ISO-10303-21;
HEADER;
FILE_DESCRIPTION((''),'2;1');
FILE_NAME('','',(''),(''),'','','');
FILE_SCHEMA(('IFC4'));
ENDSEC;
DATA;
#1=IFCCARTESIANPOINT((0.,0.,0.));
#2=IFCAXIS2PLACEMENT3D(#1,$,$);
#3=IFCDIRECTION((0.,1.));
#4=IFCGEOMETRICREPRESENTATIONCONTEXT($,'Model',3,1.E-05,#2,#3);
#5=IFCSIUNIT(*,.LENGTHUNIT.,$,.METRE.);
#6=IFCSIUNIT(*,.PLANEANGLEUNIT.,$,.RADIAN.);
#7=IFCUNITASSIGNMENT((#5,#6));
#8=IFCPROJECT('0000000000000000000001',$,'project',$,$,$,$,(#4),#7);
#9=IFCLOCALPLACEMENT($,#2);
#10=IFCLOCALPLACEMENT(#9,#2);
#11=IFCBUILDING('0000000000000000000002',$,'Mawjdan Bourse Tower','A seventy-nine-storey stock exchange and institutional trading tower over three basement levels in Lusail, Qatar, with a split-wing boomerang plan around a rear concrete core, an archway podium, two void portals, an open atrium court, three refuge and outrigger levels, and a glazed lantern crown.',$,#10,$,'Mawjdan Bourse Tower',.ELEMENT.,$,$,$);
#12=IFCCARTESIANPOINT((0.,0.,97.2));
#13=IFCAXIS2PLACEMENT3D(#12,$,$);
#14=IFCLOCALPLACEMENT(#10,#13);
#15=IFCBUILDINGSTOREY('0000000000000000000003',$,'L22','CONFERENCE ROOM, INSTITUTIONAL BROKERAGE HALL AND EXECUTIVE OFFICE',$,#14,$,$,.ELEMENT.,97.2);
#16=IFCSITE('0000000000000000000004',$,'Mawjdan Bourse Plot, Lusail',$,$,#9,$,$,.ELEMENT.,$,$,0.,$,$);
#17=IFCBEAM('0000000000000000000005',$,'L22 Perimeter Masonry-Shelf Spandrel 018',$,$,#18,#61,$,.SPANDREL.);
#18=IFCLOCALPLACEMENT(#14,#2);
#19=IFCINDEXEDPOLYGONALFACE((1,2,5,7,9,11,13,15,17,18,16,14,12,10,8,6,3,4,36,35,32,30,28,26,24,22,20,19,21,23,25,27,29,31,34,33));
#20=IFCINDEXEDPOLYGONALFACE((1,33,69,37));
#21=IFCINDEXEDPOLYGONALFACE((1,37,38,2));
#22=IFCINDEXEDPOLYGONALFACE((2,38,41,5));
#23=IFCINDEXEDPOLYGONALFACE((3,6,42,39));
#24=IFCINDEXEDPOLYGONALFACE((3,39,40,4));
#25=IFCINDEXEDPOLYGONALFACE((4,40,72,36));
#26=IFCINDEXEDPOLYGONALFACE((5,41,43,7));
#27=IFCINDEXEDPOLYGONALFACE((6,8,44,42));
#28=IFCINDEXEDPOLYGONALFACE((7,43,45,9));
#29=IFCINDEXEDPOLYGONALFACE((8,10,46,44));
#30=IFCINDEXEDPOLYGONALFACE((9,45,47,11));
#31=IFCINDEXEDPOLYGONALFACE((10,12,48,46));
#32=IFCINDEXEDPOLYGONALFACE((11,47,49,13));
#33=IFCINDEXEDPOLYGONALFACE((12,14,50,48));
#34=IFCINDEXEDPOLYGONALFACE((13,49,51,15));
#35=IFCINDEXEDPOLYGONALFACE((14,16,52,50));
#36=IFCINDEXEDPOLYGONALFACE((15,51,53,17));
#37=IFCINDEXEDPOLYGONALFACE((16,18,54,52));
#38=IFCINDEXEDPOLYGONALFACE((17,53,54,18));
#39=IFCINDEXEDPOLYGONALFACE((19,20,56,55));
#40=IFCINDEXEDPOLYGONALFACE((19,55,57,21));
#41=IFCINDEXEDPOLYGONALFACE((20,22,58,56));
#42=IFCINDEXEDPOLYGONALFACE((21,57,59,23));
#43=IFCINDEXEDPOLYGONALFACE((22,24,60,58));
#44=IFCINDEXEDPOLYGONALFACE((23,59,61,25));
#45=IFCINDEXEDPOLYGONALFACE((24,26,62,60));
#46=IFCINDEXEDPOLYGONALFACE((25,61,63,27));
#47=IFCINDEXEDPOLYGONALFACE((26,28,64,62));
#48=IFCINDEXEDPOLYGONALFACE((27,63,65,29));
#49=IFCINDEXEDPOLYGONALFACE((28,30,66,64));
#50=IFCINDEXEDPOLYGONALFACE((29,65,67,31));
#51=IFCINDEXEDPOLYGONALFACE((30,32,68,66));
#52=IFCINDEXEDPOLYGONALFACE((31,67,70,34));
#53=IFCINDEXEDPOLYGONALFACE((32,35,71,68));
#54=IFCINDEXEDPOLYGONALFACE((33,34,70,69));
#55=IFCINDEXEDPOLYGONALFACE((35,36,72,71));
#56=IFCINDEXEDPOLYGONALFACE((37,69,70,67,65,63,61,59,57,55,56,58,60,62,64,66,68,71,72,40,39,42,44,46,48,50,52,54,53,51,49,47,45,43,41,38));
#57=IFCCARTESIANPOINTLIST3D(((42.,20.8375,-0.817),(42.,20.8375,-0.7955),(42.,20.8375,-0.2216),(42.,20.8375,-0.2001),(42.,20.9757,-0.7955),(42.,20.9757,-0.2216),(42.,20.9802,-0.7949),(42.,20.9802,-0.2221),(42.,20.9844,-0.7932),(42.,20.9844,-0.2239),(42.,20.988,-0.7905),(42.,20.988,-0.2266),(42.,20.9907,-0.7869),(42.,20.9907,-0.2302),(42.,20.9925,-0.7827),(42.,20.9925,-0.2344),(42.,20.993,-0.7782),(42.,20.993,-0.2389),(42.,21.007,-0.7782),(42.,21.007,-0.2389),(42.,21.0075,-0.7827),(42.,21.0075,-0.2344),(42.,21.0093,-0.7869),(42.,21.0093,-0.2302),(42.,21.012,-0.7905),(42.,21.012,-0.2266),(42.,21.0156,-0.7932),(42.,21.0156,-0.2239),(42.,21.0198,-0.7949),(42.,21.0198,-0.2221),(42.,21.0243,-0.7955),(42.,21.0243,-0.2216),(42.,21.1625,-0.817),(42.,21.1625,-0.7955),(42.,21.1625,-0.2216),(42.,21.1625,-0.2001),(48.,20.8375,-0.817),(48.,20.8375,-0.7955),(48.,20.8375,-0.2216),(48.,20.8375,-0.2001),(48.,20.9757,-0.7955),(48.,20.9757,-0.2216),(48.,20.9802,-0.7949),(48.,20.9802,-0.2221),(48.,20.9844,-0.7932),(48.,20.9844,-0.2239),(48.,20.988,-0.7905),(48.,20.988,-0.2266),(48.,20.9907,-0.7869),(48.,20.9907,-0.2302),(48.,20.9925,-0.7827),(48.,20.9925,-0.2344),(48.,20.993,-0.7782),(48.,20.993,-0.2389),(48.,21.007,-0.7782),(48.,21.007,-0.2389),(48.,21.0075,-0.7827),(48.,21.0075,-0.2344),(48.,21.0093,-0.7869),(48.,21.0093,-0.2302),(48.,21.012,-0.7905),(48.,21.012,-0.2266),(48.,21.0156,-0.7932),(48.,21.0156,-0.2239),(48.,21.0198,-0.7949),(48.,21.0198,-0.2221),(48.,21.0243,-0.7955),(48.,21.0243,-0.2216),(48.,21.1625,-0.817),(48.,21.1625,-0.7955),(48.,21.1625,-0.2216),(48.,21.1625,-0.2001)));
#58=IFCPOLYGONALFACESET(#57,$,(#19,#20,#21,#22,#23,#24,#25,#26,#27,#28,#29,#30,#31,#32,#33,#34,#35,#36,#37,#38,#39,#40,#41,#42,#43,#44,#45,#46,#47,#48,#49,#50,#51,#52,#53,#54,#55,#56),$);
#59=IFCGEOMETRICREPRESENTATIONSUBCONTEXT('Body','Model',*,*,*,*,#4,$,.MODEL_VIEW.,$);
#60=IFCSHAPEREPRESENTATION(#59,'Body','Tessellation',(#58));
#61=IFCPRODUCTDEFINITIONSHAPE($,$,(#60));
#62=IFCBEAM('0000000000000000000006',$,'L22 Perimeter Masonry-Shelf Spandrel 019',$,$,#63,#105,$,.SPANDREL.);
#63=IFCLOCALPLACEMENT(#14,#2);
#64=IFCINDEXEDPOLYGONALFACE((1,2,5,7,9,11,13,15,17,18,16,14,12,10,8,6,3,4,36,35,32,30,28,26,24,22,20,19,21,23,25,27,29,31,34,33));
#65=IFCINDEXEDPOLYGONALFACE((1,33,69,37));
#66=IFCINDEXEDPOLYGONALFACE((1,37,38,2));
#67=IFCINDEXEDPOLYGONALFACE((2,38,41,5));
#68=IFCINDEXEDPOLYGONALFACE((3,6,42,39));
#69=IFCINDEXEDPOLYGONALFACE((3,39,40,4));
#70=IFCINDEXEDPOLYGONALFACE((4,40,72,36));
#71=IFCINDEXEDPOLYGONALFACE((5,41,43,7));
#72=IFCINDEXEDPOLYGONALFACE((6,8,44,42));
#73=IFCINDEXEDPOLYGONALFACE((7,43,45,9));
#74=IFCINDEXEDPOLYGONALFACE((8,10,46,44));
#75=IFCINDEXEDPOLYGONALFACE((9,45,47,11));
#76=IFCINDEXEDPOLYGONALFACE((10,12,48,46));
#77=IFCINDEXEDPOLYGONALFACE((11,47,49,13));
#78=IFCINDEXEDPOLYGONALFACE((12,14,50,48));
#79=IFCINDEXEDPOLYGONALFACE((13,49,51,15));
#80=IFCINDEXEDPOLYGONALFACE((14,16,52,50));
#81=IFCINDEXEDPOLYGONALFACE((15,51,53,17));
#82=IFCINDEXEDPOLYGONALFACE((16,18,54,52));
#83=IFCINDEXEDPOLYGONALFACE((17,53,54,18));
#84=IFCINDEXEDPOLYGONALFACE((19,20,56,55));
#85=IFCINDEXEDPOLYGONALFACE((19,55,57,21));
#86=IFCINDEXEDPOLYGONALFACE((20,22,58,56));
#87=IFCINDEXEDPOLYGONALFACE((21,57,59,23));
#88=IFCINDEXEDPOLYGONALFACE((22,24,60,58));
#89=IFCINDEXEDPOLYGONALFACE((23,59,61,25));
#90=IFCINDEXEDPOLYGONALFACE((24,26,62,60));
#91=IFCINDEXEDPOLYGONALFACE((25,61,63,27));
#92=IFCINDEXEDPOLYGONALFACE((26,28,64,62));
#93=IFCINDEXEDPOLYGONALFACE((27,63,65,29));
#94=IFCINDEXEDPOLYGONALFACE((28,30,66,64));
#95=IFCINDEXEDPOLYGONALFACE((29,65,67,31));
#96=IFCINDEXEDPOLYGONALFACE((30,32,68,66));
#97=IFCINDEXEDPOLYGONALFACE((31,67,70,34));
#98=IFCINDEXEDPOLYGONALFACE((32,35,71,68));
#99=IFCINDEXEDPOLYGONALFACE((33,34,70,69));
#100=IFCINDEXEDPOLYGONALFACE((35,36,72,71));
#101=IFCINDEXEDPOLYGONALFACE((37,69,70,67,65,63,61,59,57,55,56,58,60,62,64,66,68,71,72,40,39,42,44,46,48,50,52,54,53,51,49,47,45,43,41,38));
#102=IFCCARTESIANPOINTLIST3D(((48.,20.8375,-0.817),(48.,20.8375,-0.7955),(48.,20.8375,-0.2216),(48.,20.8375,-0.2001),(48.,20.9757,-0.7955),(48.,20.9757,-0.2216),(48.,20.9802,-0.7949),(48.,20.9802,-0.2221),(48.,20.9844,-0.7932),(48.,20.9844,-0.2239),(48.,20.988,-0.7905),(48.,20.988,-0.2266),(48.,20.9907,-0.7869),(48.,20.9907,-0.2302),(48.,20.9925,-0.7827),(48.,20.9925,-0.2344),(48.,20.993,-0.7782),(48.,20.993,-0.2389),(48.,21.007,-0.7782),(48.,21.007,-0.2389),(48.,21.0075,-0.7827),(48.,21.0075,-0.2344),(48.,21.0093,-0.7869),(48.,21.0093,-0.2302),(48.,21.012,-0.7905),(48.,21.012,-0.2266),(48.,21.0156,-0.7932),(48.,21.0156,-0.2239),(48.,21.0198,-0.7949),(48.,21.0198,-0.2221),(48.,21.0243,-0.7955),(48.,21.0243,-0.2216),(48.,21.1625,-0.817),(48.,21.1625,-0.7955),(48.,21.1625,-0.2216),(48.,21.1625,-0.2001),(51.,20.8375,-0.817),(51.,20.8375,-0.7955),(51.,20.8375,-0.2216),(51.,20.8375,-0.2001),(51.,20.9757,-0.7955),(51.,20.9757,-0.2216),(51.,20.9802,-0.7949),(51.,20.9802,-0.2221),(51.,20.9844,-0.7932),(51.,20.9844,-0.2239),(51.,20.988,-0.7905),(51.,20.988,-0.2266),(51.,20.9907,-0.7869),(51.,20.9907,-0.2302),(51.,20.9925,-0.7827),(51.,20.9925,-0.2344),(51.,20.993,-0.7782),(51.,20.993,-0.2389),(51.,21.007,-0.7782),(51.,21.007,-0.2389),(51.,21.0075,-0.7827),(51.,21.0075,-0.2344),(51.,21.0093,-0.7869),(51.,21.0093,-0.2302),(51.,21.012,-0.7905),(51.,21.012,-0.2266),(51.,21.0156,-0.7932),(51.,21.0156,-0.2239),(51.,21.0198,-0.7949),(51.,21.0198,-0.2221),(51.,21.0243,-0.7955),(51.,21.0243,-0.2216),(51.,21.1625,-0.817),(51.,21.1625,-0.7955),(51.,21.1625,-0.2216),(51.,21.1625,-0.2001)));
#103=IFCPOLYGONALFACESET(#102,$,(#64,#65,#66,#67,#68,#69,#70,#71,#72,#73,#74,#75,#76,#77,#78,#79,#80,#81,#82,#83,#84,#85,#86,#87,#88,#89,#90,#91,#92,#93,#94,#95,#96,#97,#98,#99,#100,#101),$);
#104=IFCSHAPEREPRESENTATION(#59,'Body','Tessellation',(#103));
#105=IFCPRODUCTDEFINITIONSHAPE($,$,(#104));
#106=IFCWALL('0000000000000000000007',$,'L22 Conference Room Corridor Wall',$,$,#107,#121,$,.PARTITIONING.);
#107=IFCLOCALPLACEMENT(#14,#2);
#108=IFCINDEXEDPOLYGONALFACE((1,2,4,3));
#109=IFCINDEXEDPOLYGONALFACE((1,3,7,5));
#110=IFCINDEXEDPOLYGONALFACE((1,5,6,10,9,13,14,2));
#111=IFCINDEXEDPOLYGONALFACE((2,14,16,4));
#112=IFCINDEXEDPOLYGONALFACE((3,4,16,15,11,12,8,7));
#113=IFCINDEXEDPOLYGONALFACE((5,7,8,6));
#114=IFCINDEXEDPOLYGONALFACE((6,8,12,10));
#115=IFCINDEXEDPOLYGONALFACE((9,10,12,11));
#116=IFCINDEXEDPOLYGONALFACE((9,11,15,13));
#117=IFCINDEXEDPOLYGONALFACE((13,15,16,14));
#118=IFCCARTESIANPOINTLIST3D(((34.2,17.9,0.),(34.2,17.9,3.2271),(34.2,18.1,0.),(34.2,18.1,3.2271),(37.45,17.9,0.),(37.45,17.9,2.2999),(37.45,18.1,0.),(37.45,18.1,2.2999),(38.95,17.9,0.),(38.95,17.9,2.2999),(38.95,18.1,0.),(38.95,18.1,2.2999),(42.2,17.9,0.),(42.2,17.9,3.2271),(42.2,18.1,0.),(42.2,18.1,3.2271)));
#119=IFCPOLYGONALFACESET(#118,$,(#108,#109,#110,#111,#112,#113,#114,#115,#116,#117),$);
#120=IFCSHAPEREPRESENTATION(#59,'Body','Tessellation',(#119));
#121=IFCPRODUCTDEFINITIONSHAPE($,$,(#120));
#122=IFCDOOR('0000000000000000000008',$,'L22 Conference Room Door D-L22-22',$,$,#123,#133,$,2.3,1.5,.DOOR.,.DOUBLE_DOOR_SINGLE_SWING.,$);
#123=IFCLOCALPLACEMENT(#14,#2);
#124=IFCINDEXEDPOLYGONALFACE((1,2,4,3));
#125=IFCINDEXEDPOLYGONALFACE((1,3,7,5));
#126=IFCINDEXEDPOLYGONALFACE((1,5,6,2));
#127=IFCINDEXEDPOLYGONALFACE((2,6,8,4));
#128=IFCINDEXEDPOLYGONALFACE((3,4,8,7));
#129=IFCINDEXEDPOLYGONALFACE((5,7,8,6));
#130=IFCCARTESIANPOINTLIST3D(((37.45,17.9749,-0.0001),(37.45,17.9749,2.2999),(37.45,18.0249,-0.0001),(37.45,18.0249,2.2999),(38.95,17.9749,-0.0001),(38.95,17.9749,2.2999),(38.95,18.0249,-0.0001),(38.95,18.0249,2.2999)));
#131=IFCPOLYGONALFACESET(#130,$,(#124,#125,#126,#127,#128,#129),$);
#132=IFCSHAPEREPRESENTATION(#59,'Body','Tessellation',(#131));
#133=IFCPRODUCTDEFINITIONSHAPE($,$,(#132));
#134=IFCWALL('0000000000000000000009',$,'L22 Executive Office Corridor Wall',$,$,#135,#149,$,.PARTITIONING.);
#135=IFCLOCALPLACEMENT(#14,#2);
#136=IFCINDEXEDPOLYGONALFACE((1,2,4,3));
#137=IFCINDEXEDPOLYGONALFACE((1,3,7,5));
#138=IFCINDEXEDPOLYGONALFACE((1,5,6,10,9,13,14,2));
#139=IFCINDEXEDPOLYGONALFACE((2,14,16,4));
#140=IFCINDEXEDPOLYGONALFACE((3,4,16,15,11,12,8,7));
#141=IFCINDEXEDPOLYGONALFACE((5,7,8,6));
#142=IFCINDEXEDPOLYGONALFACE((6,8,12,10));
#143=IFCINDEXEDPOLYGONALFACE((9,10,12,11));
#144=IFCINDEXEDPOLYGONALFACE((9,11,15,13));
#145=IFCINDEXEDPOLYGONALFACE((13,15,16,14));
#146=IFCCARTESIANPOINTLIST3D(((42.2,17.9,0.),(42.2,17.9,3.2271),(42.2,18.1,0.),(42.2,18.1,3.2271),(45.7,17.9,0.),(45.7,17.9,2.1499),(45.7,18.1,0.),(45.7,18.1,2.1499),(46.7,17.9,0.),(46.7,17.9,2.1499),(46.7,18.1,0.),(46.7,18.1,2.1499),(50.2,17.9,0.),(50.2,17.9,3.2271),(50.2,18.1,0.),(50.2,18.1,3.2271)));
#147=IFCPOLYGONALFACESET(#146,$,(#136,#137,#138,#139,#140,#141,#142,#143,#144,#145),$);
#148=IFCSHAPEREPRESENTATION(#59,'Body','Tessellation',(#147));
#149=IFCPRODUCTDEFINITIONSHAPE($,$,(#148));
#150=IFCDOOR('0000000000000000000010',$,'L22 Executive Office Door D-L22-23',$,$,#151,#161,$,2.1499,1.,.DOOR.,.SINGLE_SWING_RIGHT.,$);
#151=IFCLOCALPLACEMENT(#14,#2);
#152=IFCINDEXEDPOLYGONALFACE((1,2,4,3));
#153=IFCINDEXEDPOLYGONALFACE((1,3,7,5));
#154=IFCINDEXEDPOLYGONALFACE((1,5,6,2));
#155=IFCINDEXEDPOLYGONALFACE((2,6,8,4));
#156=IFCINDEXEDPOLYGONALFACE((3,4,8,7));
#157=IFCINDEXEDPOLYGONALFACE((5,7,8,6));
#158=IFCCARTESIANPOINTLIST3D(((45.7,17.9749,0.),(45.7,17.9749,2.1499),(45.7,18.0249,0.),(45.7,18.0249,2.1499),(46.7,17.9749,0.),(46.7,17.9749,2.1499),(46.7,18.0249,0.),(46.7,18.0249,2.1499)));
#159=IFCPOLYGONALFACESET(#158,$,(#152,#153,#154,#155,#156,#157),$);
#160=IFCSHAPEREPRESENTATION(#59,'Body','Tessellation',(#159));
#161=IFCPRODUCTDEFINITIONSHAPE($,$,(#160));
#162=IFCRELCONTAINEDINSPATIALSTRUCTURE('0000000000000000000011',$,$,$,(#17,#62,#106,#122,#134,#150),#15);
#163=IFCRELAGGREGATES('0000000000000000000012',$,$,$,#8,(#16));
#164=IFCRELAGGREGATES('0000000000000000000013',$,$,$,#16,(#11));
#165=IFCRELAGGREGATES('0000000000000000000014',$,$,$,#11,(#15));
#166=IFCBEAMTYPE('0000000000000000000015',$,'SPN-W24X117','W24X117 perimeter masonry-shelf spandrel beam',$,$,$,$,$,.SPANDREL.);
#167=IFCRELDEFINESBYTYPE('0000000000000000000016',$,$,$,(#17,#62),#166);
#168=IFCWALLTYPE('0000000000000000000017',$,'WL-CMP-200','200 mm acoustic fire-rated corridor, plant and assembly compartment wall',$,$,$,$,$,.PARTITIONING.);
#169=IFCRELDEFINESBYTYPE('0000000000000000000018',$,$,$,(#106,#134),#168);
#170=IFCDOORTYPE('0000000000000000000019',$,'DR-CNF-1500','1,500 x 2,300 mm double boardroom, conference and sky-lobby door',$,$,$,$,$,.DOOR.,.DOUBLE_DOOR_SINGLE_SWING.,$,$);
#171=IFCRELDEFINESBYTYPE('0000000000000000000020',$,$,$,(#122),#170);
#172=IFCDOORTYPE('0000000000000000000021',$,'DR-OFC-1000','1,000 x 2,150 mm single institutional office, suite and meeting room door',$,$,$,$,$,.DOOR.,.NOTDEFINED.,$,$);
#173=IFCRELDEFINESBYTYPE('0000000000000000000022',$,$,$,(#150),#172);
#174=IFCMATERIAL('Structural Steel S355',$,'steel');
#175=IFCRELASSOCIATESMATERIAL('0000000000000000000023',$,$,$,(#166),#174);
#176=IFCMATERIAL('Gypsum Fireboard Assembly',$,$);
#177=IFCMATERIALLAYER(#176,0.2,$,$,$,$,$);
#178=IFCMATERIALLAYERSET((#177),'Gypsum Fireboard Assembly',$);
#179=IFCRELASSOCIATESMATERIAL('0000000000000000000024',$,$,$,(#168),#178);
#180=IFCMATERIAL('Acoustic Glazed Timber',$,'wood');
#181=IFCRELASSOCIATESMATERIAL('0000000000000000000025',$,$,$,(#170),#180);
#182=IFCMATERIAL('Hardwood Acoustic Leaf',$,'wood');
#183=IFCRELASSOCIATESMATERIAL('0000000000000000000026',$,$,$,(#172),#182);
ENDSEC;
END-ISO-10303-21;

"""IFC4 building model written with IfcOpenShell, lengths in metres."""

from ifc_helpers import new_model, si_unit, direction, frame, frame_2d, origin, origin_2d, place, context, subcontext, project, spatial, rectangle, i_section, extrude, material, layer, layer_set, material_profile, profile_set, type_object, element, fill, save


model = new_model("IFC4")

# Units and contexts
model_context = context("Model", 3, precision=1e-05, world=origin(), true_north=direction((0.0, 1.0)))
body_context = subcontext(model_context, "Body", "Model", "MODEL_VIEW")
ifc_project = project(units=[si_unit("LENGTHUNIT", "METRE"), si_unit("PLANEANGLEUNIT", "RADIAN")], contexts=[model_context])

# Site, building, storey
site_placement = place(None, origin())
site = spatial("IfcSite", under=ifc_project, at=site_placement, Name="Mawjdan Bourse Plot, Lusail", CompositionType="ELEMENT", RefElevation=0.0)
building_placement = place(site_placement, origin())
building = spatial("IfcBuilding", under=site, at=building_placement, Name="Mawjdan Bourse Tower", Description="A seventy-nine-storey stock exchange and institutional trading tower over three basement levels in Lusail, Qatar, with a split-wing boomerang plan around a rear concrete core, an archway podium, two void portals, an open atrium court, three refuge and outrigger levels, and a glazed lantern crown.", LongName="Mawjdan Bourse Tower", CompositionType="ELEMENT")
storey_placement = place(building_placement, frame((0.0, 0.0, 97.2)))
storey = spatial("IfcBuildingStorey", under=building, at=storey_placement, Name="L22", Description="CONFERENCE ROOM, INSTITUTIONAL BROKERAGE HALL AND EXECUTIVE OFFICE", CompositionType="ELEMENT", Elevation=97.2)

# Beams
ifc_material_1 = material(Name="Structural Steel S355", Category="steel")
ifc_material_profile_1 = material_profile(ifc_material_1, i_section(OverallWidth=0.325, OverallDepth=0.6169, WebThickness=0.0139, FlangeThickness=0.0215, FilletRadius=0.0173, at=origin_2d()), Name="W24X117")
ifc_profile_set_1 = profile_set([ifc_material_profile_1], Name="Structural Steel S355")
beam_type_1 = type_object("IfcBeamType", Name="SPN-W24X117", Description="W24X117 perimeter masonry-shelf spandrel beam", PredefinedType="SPANDREL", material=ifc_profile_set_1)
beam_1_placement = place(storey_placement, frame((42.0, 21.0, -0.5085), z_axis=(1.0, 0.0, 0.0), x_axis=(0.0, 1.0, 0.0)))
element("IfcBeam", 1, at=beam_1_placement, inside=storey, type_object=beam_type_1, Name="L22 Perimeter Masonry-Shelf Spandrel 018", PredefinedType="SPANDREL", context=body_context, shape_type="SweptSolid", body=[
    extrude(i_section(OverallWidth=0.325, OverallDepth=0.6169, WebThickness=0.0139, FlangeThickness=0.0215, FilletRadius=0.0173, at=origin_2d()), origin(), (0.0, 0.0, 1.0), 6.0),
])
beam_2_placement = place(storey_placement, frame((48.0, 21.0, -0.5085), z_axis=(1.0, 0.0, 0.0), x_axis=(0.0, 1.0, 0.0)))
element("IfcBeam", 2, at=beam_2_placement, inside=storey, type_object=beam_type_1, Name="L22 Perimeter Masonry-Shelf Spandrel 019", PredefinedType="SPANDREL", context=body_context, shape_type="SweptSolid", body=[
    extrude(i_section(OverallWidth=0.325, OverallDepth=0.6169, WebThickness=0.0139, FlangeThickness=0.0215, FilletRadius=0.0173, at=origin_2d()), origin(), (0.0, 0.0, 1.0), 3.0),
])

# Walls, openings, doors
ifc_material_2 = material(Name="Gypsum Fireboard Assembly")
ifc_layer = layer(ifc_material_2, 0.2)
ifc_layer_set = layer_set([ifc_layer], Name="Gypsum Fireboard Assembly")
wall_type = type_object("IfcWallType", Name="WL-CMP-200", Description="200 mm acoustic fire-rated corridor, plant and assembly compartment wall", PredefinedType="PARTITIONING", material=ifc_layer_set)
wall_1_placement = place(storey_placement, frame((34.2, 18.0, 0.0), z_axis=(0.0, 0.0, 1.0), x_axis=(1.0, 0.0, 0.0)))
wall_1 = element("IfcWall", 3, at=wall_1_placement, inside=storey, type_object=wall_type, Name="L22 Conference Room Corridor Wall", PredefinedType="PARTITIONING", context=body_context, shape_type="SweptSolid", body=[
    extrude(rectangle(XDim=8.0, YDim=0.2, at=frame_2d((4.0, 0.0))), origin(), (0.0, 0.0, 1.0), 3.2271),
])
opening_1_placement = place(wall_1_placement, frame((3.25, 0.0, 0.0)))
opening_1 = element("IfcOpeningElement", 4, at=opening_1_placement, cuts=wall_1, PredefinedType="OPENING", context=body_context, shape_type="SweptSolid", body=[
    extrude(rectangle(XDim=1.5, YDim=2.3, at=frame_2d((0.75, 1.1499))), frame((0.0, 0.1099, 0.0), z_axis=(0.0, -1.0, 0.0), x_axis=(1.0, 0.0, 0.0)), (0.0, 0.0, 1.0), 0.22),
])
ifc_material_3 = material(Name="Acoustic Glazed Timber", Category="wood")
door_type_1 = type_object("IfcDoorType", Name="DR-CNF-1500", Description="1,500 x 2,300 mm double boardroom, conference and sky-lobby door", OperationType="DOUBLE_DOOR_SINGLE_SWING", PredefinedType="DOOR", material=ifc_material_3)
door_1_placement = place(opening_1_placement, origin())
door_1 = element("IfcDoor", 5, at=door_1_placement, inside=storey, type_object=door_type_1, Name="L22 Conference Room Door D-L22-22", OperationType="DOUBLE_DOOR_SINGLE_SWING", OverallHeight=2.3, OverallWidth=1.5, PredefinedType="DOOR", context=body_context, shape_type="SweptSolid", body=[
    extrude(rectangle(XDim=1.5, YDim=2.3, at=frame_2d((0.75, 1.1499))), frame((0.0, 0.0249, 0.0), z_axis=(0.0, -1.0, 0.0), x_axis=(1.0, 0.0, 0.0)), (0.0, 0.0, 1.0), 0.05),
])
fill(opening_1, door_1)
wall_2_placement = place(storey_placement, frame((42.2, 18.0, 0.0), z_axis=(0.0, 0.0, 1.0), x_axis=(1.0, 0.0, 0.0)))
wall_2 = element("IfcWall", 6, at=wall_2_placement, inside=storey, type_object=wall_type, Name="L22 Executive Office Corridor Wall", PredefinedType="PARTITIONING", context=body_context, shape_type="SweptSolid", body=[
    extrude(rectangle(XDim=8.0, YDim=0.2, at=frame_2d((4.0, 0.0))), origin(), (0.0, 0.0, 1.0), 3.2271),
])
opening_2_placement = place(wall_2_placement, frame((3.5, 0.0, 0.0)))
opening_2 = element("IfcOpeningElement", 7, at=opening_2_placement, cuts=wall_2, PredefinedType="OPENING", context=body_context, shape_type="SweptSolid", body=[
    extrude(rectangle(XDim=1.0, YDim=2.1499, at=frame_2d((0.5, 1.075))), frame((0.0, 0.1099, 0.0), z_axis=(0.0, -1.0, 0.0), x_axis=(1.0, 0.0, 0.0)), (0.0, 0.0, 1.0), 0.22),
])
ifc_material_4 = material(Name="Hardwood Acoustic Leaf", Category="wood")
door_type_2 = type_object("IfcDoorType", Name="DR-OFC-1000", Description="1,000 x 2,150 mm single institutional office, suite and meeting room door", OperationType="NOTDEFINED", PredefinedType="DOOR", material=ifc_material_4)
door_2_placement = place(opening_2_placement, origin())
door_2 = element("IfcDoor", 8, at=door_2_placement, inside=storey, type_object=door_type_2, Name="L22 Executive Office Door D-L22-23", OperationType="SINGLE_SWING_RIGHT", OverallHeight=2.1499, OverallWidth=1.0, PredefinedType="DOOR", context=body_context, shape_type="SweptSolid", body=[
    extrude(rectangle(XDim=1.0, YDim=2.1499, at=frame_2d((0.5, 1.075))), frame((0.0, 0.0249, 0.0), z_axis=(0.0, -1.0, 0.0), x_axis=(1.0, 0.0, 0.0)), (0.0, 0.0, 1.0), 0.05),
])
fill(opening_2, door_2)

save(model, "model.ifc")
